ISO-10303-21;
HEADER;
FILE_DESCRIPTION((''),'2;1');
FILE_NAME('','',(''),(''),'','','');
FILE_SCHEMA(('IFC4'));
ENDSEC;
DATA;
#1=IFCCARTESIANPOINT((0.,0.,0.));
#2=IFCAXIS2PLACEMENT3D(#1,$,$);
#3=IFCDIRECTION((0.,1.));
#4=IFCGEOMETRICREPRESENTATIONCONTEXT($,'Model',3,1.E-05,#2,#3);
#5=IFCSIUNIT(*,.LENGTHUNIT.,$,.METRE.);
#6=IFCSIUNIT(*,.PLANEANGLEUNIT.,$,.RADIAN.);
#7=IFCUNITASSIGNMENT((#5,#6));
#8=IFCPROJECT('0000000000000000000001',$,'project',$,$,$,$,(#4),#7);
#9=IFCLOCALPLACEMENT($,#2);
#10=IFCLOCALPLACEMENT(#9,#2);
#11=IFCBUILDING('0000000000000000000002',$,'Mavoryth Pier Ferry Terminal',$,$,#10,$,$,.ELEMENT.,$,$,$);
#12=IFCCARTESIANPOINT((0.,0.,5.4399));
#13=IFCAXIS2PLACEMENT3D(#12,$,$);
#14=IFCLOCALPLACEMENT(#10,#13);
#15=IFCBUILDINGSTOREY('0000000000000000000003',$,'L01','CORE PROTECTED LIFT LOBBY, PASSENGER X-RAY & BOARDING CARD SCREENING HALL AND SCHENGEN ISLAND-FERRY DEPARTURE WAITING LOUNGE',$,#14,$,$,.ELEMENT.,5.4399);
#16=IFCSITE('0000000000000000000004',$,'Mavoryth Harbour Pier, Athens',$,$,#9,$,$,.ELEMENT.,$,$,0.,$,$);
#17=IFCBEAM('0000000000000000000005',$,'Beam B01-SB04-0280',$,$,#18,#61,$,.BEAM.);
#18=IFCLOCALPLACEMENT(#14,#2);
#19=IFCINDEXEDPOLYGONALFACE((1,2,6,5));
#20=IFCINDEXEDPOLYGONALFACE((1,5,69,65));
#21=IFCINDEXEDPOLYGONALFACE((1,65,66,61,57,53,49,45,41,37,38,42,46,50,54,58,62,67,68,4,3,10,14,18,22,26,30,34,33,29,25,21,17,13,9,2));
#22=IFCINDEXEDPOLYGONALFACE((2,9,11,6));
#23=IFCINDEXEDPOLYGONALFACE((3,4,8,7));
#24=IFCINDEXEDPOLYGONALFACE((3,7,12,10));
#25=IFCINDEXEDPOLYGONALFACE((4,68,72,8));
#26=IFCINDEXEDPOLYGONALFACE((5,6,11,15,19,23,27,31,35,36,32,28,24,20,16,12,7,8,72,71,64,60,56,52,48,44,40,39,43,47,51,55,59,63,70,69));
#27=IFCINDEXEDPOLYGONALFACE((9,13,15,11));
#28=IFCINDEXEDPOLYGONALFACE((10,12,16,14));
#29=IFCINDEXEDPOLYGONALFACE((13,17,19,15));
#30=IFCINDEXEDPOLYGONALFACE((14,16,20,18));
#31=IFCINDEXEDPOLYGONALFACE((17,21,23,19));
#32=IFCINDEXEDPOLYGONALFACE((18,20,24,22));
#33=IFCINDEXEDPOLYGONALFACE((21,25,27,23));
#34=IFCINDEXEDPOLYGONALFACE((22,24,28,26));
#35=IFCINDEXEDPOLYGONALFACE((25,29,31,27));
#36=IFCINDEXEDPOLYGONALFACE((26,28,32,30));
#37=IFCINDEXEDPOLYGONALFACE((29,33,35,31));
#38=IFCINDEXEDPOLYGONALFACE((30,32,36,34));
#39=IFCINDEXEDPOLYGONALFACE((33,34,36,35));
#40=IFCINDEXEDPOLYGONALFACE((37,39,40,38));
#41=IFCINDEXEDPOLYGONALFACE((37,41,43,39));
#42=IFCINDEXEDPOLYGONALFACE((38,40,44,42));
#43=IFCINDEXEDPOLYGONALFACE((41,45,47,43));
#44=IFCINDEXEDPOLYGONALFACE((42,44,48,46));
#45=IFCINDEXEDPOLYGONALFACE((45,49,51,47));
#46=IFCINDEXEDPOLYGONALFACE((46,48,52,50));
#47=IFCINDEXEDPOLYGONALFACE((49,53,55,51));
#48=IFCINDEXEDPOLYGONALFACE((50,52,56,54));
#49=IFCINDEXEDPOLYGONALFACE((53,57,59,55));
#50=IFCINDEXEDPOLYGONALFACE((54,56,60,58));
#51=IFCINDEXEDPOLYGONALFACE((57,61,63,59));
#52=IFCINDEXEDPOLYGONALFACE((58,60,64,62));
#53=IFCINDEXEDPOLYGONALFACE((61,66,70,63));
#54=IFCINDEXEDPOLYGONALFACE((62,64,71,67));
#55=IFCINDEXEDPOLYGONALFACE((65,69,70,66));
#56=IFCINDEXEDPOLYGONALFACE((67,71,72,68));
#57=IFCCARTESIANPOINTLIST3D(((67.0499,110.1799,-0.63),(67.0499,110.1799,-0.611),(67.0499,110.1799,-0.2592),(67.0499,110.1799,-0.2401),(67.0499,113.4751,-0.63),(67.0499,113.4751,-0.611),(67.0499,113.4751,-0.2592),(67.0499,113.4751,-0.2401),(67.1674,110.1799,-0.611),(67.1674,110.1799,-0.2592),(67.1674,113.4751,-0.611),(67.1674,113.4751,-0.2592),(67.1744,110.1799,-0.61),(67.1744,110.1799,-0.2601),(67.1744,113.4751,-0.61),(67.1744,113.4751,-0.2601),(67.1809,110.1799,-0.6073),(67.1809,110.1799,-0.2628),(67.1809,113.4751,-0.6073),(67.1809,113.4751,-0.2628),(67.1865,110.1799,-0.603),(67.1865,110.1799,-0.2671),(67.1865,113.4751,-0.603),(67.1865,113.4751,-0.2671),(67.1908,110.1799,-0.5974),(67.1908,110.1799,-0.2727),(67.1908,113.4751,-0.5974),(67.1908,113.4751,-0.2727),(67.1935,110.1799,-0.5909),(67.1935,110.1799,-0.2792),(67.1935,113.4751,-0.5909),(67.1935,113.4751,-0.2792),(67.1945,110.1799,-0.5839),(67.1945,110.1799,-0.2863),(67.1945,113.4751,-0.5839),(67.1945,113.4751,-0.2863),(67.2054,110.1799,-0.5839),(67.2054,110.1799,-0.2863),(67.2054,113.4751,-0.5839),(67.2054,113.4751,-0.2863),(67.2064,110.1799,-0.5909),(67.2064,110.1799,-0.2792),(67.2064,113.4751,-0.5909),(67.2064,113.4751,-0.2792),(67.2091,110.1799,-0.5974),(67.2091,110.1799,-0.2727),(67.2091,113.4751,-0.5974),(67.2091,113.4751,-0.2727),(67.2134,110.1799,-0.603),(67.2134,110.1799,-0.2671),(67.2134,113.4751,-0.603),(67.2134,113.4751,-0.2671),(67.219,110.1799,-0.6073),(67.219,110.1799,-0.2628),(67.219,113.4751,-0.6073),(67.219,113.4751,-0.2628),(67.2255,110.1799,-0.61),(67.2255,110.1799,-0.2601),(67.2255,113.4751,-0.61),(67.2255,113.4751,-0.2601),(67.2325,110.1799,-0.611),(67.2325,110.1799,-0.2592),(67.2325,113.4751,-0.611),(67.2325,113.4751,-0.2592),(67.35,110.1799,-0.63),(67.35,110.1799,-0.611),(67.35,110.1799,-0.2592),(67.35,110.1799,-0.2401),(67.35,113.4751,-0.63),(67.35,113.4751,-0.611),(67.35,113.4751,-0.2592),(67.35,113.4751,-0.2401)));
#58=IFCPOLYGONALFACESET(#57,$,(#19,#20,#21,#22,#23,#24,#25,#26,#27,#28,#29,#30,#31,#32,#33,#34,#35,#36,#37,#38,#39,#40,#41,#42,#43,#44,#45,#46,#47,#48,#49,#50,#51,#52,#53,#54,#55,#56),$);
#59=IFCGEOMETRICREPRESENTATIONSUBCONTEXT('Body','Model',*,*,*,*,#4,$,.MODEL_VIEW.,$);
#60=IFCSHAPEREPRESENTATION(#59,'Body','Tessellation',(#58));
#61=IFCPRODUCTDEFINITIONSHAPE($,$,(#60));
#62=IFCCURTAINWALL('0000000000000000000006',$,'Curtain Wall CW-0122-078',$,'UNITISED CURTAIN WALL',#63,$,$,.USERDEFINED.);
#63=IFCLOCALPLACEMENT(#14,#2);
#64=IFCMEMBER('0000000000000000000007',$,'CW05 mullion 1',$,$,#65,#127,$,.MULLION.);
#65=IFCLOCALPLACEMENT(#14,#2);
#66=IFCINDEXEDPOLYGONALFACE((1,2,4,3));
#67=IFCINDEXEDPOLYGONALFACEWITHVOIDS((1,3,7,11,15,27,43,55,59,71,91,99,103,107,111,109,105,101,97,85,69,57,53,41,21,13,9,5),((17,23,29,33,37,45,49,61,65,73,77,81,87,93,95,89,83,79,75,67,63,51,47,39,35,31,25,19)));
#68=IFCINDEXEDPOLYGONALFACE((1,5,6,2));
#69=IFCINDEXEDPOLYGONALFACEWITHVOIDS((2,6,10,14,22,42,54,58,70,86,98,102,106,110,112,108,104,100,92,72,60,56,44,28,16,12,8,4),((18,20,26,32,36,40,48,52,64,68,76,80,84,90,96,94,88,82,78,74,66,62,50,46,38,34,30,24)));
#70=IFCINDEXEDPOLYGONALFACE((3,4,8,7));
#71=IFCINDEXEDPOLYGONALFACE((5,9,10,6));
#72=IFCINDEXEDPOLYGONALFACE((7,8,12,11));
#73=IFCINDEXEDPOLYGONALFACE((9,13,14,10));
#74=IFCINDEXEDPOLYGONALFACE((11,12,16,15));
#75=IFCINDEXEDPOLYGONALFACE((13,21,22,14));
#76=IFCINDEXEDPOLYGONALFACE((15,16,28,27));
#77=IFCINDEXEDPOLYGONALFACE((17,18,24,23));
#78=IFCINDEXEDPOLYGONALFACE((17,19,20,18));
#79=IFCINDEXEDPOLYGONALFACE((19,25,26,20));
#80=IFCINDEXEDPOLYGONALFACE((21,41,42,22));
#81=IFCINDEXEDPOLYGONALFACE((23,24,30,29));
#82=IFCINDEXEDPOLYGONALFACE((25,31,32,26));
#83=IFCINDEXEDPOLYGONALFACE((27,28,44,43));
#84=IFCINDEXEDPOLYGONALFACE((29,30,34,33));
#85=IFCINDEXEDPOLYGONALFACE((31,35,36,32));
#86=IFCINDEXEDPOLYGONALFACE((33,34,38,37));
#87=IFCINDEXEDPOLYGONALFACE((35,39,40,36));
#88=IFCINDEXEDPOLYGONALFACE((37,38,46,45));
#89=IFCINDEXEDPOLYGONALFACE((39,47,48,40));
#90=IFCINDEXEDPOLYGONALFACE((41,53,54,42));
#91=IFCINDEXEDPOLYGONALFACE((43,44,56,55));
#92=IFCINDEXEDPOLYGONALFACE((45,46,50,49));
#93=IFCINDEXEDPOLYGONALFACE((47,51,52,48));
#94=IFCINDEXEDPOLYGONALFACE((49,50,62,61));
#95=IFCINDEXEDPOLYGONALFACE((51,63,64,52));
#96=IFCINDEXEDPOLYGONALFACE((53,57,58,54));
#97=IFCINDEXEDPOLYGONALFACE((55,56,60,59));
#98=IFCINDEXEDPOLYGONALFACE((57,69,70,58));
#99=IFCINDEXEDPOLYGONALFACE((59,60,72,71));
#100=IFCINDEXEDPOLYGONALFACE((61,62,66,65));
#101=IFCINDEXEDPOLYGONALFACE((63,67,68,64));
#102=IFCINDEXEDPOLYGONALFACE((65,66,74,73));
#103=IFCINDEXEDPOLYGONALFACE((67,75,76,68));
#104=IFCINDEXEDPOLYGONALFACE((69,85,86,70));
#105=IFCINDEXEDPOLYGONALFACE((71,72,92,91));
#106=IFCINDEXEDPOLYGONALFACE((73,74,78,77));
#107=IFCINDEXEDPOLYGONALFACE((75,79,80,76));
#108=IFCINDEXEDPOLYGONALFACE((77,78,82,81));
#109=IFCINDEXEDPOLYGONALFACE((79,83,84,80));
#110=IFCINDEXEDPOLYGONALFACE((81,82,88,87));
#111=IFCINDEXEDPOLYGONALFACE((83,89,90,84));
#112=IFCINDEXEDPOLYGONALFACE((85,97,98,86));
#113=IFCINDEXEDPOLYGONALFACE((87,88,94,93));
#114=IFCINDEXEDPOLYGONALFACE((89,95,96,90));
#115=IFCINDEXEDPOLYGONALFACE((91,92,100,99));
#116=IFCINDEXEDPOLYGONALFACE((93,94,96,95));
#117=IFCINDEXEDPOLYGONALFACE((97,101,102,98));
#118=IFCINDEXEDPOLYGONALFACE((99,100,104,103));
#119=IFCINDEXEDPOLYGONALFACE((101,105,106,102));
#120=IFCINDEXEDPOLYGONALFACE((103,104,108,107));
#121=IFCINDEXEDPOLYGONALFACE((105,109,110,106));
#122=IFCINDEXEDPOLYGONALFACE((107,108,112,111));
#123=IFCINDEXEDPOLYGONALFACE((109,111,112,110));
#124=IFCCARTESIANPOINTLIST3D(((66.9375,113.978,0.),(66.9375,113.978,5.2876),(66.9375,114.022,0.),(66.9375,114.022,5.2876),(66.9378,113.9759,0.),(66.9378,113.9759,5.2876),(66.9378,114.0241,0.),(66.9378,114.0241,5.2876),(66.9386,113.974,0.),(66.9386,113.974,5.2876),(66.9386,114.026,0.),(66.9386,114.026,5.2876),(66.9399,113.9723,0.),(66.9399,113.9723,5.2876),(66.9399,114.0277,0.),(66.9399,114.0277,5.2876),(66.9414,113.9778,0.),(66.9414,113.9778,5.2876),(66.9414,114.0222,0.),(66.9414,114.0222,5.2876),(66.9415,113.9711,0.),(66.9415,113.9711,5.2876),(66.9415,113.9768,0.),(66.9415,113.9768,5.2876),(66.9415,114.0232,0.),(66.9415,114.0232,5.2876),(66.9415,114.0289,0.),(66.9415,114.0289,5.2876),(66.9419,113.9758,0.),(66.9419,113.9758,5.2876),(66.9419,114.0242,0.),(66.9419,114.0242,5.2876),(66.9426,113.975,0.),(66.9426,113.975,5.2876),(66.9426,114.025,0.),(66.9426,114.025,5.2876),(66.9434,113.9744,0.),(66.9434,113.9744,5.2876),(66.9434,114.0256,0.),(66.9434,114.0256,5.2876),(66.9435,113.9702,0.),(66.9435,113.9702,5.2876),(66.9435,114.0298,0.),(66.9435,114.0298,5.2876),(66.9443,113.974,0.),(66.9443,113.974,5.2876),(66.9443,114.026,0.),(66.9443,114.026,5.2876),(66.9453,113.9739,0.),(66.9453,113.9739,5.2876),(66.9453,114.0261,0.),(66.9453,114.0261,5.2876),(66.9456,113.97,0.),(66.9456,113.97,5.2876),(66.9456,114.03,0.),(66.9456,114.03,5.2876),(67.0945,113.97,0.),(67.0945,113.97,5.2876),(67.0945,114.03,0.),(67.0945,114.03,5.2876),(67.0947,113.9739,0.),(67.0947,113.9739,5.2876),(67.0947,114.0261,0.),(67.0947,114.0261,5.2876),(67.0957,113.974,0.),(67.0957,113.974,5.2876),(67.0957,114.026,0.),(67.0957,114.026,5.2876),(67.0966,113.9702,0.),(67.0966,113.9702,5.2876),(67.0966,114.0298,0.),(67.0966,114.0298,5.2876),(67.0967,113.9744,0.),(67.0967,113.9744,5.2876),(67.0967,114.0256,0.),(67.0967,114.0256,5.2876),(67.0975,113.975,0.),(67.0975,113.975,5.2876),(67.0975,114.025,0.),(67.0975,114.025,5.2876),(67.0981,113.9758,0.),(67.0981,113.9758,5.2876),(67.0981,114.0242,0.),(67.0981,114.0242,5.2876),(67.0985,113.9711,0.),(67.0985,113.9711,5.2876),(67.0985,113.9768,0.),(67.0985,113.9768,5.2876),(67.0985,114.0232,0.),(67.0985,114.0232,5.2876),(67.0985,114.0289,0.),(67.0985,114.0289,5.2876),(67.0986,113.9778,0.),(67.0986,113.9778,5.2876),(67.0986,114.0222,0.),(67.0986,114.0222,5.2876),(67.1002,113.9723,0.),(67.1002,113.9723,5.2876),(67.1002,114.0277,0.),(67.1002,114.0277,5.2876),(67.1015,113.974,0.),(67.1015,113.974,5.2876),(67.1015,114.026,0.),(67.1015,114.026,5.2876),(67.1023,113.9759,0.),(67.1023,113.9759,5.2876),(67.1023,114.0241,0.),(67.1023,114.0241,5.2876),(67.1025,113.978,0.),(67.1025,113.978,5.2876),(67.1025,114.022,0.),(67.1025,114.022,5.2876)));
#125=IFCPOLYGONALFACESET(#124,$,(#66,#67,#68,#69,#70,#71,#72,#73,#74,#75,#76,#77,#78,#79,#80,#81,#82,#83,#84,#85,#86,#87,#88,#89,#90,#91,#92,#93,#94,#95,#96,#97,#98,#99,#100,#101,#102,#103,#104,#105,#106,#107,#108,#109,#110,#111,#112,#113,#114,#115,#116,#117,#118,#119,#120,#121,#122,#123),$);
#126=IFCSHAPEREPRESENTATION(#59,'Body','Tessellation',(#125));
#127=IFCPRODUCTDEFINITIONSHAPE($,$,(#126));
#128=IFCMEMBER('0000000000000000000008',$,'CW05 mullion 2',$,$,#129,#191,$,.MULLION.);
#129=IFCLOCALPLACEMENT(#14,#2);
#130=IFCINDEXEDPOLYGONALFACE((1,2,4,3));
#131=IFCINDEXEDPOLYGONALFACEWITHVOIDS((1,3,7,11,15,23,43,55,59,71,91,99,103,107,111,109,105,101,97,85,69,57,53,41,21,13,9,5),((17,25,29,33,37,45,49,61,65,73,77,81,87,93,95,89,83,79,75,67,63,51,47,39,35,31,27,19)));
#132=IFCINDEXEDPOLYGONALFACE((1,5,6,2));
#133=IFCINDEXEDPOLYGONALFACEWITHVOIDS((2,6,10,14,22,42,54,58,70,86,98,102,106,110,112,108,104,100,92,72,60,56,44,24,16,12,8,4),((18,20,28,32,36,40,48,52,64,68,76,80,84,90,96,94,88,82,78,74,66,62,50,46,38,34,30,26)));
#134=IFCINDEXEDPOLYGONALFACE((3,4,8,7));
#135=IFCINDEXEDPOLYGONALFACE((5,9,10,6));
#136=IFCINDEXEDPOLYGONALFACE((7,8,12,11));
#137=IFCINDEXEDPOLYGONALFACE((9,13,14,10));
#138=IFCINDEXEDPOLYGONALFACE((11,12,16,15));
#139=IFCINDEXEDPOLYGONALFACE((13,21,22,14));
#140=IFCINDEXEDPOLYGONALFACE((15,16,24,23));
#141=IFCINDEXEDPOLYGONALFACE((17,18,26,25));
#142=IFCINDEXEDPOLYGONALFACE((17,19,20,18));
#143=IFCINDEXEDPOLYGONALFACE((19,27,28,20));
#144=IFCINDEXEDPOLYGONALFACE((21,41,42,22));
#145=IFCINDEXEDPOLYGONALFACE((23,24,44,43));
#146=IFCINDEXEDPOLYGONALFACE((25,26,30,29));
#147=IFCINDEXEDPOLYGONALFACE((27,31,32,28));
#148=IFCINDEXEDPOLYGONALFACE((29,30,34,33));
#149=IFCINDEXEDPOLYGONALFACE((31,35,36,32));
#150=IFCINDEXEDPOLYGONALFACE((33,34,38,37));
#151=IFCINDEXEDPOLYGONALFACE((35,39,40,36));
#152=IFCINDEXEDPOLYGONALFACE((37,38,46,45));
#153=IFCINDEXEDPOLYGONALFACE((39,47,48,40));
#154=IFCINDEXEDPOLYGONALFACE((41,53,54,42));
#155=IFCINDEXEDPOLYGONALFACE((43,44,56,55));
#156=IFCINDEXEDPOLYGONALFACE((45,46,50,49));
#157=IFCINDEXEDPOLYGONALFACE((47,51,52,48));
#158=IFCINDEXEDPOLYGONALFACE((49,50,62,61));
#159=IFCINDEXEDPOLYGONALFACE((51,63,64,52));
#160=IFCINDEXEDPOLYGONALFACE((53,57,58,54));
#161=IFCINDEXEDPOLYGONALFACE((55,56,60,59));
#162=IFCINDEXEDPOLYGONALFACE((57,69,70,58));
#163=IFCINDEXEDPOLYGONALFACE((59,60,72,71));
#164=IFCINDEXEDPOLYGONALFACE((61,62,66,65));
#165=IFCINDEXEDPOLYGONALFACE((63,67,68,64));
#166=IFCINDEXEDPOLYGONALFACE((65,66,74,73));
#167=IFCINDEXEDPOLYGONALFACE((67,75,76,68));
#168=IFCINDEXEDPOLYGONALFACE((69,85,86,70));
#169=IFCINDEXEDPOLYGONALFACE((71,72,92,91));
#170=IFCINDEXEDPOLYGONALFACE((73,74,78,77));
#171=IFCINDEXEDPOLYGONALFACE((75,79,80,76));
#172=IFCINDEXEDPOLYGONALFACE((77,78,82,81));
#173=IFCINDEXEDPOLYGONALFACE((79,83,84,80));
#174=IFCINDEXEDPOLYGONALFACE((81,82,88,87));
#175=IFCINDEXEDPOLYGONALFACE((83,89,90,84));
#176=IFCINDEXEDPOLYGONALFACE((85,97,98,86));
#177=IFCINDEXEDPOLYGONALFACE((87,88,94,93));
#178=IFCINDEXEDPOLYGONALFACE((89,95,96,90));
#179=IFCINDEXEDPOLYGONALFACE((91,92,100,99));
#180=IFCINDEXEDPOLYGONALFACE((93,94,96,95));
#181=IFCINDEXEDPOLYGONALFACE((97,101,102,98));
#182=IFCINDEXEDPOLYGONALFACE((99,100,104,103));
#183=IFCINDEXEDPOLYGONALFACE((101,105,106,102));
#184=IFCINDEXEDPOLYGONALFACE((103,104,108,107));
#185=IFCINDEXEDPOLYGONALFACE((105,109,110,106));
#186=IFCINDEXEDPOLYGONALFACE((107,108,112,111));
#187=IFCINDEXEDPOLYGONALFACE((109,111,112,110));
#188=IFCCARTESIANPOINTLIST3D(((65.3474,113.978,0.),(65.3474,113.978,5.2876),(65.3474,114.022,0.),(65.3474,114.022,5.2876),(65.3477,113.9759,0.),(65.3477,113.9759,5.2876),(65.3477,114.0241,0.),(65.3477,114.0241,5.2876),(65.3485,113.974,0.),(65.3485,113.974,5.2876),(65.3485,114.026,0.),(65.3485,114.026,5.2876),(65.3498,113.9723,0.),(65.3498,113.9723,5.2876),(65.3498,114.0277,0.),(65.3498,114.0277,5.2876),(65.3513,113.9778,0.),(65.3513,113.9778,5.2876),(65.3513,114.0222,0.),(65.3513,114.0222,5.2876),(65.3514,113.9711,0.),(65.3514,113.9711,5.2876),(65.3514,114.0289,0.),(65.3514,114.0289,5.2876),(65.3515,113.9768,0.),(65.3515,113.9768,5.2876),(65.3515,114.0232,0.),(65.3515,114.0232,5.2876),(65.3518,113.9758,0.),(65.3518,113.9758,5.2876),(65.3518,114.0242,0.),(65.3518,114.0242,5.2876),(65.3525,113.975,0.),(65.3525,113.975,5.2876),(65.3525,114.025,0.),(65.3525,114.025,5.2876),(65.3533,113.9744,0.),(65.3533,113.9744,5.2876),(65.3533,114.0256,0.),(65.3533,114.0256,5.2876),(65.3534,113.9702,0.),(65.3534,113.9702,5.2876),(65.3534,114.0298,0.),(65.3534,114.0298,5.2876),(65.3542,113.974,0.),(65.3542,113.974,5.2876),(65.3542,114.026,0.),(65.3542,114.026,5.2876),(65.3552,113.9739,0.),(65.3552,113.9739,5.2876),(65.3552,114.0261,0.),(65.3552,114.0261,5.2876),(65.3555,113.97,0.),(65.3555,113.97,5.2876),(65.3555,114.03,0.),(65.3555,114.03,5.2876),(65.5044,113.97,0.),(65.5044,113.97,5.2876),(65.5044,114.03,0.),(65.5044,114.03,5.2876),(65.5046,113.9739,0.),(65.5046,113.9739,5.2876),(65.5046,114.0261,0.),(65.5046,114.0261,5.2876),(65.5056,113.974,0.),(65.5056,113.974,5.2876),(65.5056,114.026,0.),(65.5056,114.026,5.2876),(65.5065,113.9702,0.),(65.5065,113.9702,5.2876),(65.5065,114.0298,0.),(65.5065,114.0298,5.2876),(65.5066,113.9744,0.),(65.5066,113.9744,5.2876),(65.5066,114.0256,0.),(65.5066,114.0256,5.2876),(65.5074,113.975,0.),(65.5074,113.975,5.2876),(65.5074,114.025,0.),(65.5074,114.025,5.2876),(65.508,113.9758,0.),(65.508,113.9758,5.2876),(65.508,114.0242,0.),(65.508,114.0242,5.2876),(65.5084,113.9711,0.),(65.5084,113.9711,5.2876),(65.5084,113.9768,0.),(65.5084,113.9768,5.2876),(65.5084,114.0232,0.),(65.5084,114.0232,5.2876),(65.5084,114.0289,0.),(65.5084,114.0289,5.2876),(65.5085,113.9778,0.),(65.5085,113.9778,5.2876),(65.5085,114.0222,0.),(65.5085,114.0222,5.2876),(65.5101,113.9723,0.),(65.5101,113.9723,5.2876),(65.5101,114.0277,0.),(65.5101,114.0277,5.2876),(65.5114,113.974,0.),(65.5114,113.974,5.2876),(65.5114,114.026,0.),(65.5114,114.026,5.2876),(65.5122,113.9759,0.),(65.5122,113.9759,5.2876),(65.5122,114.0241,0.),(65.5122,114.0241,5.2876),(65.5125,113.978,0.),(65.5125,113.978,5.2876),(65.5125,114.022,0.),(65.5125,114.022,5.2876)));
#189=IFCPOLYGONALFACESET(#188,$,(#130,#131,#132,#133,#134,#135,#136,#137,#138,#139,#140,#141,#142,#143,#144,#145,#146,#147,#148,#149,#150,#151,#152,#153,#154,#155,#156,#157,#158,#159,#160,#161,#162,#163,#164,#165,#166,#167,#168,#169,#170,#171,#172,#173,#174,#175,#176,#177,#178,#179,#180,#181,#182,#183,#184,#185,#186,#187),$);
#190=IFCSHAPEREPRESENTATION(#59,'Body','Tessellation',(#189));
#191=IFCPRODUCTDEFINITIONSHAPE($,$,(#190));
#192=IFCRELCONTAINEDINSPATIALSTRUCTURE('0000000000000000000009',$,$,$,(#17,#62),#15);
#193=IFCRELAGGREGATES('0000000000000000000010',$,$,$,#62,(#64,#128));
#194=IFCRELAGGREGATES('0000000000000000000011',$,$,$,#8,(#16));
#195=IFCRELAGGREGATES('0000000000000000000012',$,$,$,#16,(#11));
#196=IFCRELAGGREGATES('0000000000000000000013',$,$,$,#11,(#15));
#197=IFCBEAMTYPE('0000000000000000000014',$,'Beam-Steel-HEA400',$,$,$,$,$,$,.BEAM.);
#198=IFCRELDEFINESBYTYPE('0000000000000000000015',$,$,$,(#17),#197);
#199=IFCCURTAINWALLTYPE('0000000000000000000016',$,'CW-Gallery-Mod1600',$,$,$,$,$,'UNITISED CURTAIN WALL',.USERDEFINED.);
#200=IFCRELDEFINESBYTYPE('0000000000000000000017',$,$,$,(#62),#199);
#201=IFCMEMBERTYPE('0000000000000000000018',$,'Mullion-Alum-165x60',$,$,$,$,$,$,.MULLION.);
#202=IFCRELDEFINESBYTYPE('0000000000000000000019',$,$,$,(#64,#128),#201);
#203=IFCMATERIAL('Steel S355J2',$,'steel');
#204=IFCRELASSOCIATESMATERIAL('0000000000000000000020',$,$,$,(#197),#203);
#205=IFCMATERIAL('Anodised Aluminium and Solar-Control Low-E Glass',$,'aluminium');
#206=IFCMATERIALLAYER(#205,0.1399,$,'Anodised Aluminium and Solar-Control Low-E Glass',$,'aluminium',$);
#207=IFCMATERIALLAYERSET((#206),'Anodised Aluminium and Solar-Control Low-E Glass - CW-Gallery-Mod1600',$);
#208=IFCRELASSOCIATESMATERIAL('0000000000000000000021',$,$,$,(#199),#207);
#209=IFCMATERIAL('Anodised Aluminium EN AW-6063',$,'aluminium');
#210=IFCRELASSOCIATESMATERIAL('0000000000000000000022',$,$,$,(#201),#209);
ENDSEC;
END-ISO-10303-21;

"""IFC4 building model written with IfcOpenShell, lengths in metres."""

from ifc_helpers import new_model, si_unit, direction, frame, origin, origin_2d, place, context, subcontext, project, spatial, hollow_rectangle, i_section, extrude, material, layer, layer_set, material_profile, profile_set, type_object, element, aggregate, save


model = new_model("IFC4")

# Units and contexts
model_context = context("Model", 3, precision=1e-05, world=origin(), true_north=direction((0.0, 1.0)))
body_context = subcontext(model_context, "Body", "Model", "MODEL_VIEW")
ifc_project = project(units=[si_unit("LENGTHUNIT", "METRE"), si_unit("PLANEANGLEUNIT", "RADIAN")], contexts=[model_context])

# Site, building, storey
site_placement = place(None, origin())
site = spatial("IfcSite", under=ifc_project, at=site_placement, Name="Mavoryth Harbour Pier, Athens", CompositionType="ELEMENT", RefElevation=0.0)
building_placement = place(site_placement, origin())
building = spatial("IfcBuilding", under=site, at=building_placement, Name="Mavoryth Pier Ferry Terminal", CompositionType="ELEMENT")
storey_placement = place(building_placement, frame((0.0, 0.0, 5.4399)))
storey = spatial("IfcBuildingStorey", under=building, at=storey_placement, Name="L01", Description="CORE PROTECTED LIFT LOBBY, PASSENGER X-RAY & BOARDING CARD SCREENING HALL AND SCHENGEN ISLAND-FERRY DEPARTURE WAITING LOUNGE", CompositionType="ELEMENT", Elevation=5.4399)

# Beam
ifc_material_1 = material(Name="Steel S355J2", Category="steel")
ifc_material_profile_1 = material_profile(ifc_material_1, i_section(OverallWidth=0.3, OverallDepth=0.3899, WebThickness=0.011, FlangeThickness=0.019, FilletRadius=0.0271, at=origin_2d()), Name="HEA 400", Category="steel")
ifc_profile_set_1 = profile_set([ifc_material_profile_1], Name="Steel S355J2 - HEA 400")
beam_type = type_object("IfcBeamType", Name="Beam-Steel-HEA400", PredefinedType="BEAM", material=ifc_profile_set_1)
beam_placement = place(storey_placement, frame((67.2, 110.1799, -0.4351), z_axis=(0.0, 1.0, 0.0), x_axis=(-1.0, 0.0, 0.0)))
element("IfcBeam", 1, at=beam_placement, inside=storey, type_object=beam_type, Name="Beam B01-SB04-0280", PredefinedType="BEAM", context=body_context, shape_type="SweptSolid", body=[
    extrude(i_section(OverallWidth=0.3, OverallDepth=0.3899, WebThickness=0.011, FlangeThickness=0.019, FilletRadius=0.0271, at=origin_2d()), origin(), (0.0, 0.0, 1.0), 3.2952),
])

# Curtain wall, members
ifc_material_2 = material(Name="Anodised Aluminium and Solar-Control Low-E Glass", Category="aluminium")
ifc_layer_1 = layer(ifc_material_2, 0.1399, Name="Anodised Aluminium and Solar-Control Low-E Glass", Category="aluminium")
ifc_layer_set_1 = layer_set([ifc_layer_1], Name="Anodised Aluminium and Solar-Control Low-E Glass - CW-Gallery-Mod1600")
curtain_wall_type = type_object("IfcCurtainWallType", Name="CW-Gallery-Mod1600", ElementType="UNITISED CURTAIN WALL", PredefinedType="USERDEFINED", material=ifc_layer_set_1)
curtain_wall_placement = place(storey_placement, origin())
curtain_wall = element("IfcCurtainWall", 2, at=curtain_wall_placement, inside=storey, type_object=curtain_wall_type, Name="Curtain Wall CW-0122-078", ObjectType="UNITISED CURTAIN WALL", PredefinedType="USERDEFINED")
ifc_material_3 = material(Name="Anodised Aluminium EN AW-6063", Category="aluminium")
ifc_material_profile_2 = material_profile(ifc_material_3, hollow_rectangle(XDim=0.0601, YDim=0.165, WallThickness=0.0039, InnerFilletRadius=0.0039, OuterFilletRadius=0.0081, at=origin_2d()), Name="AL-MULL 165x60x4", Category="aluminium")
ifc_profile_set_2 = profile_set([ifc_material_profile_2], Name="Anodised Aluminium EN AW-6063 - AL-MULL 165x60x4")
member_type_1 = type_object("IfcMemberType", Name="Mullion-Alum-165x60", PredefinedType="MULLION", material=ifc_profile_set_2)
member_1_placement = place(storey_placement, frame((67.02, 114.0, 0.0), z_axis=(0.0, 0.0, 1.0), x_axis=(0.0, -1.0, 0.0)))
member_1 = element("IfcMember", 3, at=member_1_placement, type_object=member_type_1, Name="CW05 mullion 1", PredefinedType="MULLION", context=body_context, shape_type="SweptSolid", body=[
    extrude(hollow_rectangle(XDim=0.0601, YDim=0.165, WallThickness=0.0039, InnerFilletRadius=0.0039, OuterFilletRadius=0.0081, at=origin_2d()), origin(), (0.0, 0.0, 1.0), 5.2876),
])
member_2_placement = place(storey_placement, frame((65.4299, 114.0, 0.0), z_axis=(0.0, 0.0, 1.0), x_axis=(0.0, -1.0, 0.0)))
member_2 = element("IfcMember", 4, at=member_2_placement, type_object=member_type_1, Name="CW05 mullion 2", PredefinedType="MULLION", context=body_context, shape_type="SweptSolid", body=[
    extrude(hollow_rectangle(XDim=0.0601, YDim=0.165, WallThickness=0.0039, InnerFilletRadius=0.0039, OuterFilletRadius=0.0081, at=origin_2d()), origin(), (0.0, 0.0, 1.0), 5.2876),
])

aggregate(curtain_wall, [member_1, member_2])

save(model, "model.ifc")
